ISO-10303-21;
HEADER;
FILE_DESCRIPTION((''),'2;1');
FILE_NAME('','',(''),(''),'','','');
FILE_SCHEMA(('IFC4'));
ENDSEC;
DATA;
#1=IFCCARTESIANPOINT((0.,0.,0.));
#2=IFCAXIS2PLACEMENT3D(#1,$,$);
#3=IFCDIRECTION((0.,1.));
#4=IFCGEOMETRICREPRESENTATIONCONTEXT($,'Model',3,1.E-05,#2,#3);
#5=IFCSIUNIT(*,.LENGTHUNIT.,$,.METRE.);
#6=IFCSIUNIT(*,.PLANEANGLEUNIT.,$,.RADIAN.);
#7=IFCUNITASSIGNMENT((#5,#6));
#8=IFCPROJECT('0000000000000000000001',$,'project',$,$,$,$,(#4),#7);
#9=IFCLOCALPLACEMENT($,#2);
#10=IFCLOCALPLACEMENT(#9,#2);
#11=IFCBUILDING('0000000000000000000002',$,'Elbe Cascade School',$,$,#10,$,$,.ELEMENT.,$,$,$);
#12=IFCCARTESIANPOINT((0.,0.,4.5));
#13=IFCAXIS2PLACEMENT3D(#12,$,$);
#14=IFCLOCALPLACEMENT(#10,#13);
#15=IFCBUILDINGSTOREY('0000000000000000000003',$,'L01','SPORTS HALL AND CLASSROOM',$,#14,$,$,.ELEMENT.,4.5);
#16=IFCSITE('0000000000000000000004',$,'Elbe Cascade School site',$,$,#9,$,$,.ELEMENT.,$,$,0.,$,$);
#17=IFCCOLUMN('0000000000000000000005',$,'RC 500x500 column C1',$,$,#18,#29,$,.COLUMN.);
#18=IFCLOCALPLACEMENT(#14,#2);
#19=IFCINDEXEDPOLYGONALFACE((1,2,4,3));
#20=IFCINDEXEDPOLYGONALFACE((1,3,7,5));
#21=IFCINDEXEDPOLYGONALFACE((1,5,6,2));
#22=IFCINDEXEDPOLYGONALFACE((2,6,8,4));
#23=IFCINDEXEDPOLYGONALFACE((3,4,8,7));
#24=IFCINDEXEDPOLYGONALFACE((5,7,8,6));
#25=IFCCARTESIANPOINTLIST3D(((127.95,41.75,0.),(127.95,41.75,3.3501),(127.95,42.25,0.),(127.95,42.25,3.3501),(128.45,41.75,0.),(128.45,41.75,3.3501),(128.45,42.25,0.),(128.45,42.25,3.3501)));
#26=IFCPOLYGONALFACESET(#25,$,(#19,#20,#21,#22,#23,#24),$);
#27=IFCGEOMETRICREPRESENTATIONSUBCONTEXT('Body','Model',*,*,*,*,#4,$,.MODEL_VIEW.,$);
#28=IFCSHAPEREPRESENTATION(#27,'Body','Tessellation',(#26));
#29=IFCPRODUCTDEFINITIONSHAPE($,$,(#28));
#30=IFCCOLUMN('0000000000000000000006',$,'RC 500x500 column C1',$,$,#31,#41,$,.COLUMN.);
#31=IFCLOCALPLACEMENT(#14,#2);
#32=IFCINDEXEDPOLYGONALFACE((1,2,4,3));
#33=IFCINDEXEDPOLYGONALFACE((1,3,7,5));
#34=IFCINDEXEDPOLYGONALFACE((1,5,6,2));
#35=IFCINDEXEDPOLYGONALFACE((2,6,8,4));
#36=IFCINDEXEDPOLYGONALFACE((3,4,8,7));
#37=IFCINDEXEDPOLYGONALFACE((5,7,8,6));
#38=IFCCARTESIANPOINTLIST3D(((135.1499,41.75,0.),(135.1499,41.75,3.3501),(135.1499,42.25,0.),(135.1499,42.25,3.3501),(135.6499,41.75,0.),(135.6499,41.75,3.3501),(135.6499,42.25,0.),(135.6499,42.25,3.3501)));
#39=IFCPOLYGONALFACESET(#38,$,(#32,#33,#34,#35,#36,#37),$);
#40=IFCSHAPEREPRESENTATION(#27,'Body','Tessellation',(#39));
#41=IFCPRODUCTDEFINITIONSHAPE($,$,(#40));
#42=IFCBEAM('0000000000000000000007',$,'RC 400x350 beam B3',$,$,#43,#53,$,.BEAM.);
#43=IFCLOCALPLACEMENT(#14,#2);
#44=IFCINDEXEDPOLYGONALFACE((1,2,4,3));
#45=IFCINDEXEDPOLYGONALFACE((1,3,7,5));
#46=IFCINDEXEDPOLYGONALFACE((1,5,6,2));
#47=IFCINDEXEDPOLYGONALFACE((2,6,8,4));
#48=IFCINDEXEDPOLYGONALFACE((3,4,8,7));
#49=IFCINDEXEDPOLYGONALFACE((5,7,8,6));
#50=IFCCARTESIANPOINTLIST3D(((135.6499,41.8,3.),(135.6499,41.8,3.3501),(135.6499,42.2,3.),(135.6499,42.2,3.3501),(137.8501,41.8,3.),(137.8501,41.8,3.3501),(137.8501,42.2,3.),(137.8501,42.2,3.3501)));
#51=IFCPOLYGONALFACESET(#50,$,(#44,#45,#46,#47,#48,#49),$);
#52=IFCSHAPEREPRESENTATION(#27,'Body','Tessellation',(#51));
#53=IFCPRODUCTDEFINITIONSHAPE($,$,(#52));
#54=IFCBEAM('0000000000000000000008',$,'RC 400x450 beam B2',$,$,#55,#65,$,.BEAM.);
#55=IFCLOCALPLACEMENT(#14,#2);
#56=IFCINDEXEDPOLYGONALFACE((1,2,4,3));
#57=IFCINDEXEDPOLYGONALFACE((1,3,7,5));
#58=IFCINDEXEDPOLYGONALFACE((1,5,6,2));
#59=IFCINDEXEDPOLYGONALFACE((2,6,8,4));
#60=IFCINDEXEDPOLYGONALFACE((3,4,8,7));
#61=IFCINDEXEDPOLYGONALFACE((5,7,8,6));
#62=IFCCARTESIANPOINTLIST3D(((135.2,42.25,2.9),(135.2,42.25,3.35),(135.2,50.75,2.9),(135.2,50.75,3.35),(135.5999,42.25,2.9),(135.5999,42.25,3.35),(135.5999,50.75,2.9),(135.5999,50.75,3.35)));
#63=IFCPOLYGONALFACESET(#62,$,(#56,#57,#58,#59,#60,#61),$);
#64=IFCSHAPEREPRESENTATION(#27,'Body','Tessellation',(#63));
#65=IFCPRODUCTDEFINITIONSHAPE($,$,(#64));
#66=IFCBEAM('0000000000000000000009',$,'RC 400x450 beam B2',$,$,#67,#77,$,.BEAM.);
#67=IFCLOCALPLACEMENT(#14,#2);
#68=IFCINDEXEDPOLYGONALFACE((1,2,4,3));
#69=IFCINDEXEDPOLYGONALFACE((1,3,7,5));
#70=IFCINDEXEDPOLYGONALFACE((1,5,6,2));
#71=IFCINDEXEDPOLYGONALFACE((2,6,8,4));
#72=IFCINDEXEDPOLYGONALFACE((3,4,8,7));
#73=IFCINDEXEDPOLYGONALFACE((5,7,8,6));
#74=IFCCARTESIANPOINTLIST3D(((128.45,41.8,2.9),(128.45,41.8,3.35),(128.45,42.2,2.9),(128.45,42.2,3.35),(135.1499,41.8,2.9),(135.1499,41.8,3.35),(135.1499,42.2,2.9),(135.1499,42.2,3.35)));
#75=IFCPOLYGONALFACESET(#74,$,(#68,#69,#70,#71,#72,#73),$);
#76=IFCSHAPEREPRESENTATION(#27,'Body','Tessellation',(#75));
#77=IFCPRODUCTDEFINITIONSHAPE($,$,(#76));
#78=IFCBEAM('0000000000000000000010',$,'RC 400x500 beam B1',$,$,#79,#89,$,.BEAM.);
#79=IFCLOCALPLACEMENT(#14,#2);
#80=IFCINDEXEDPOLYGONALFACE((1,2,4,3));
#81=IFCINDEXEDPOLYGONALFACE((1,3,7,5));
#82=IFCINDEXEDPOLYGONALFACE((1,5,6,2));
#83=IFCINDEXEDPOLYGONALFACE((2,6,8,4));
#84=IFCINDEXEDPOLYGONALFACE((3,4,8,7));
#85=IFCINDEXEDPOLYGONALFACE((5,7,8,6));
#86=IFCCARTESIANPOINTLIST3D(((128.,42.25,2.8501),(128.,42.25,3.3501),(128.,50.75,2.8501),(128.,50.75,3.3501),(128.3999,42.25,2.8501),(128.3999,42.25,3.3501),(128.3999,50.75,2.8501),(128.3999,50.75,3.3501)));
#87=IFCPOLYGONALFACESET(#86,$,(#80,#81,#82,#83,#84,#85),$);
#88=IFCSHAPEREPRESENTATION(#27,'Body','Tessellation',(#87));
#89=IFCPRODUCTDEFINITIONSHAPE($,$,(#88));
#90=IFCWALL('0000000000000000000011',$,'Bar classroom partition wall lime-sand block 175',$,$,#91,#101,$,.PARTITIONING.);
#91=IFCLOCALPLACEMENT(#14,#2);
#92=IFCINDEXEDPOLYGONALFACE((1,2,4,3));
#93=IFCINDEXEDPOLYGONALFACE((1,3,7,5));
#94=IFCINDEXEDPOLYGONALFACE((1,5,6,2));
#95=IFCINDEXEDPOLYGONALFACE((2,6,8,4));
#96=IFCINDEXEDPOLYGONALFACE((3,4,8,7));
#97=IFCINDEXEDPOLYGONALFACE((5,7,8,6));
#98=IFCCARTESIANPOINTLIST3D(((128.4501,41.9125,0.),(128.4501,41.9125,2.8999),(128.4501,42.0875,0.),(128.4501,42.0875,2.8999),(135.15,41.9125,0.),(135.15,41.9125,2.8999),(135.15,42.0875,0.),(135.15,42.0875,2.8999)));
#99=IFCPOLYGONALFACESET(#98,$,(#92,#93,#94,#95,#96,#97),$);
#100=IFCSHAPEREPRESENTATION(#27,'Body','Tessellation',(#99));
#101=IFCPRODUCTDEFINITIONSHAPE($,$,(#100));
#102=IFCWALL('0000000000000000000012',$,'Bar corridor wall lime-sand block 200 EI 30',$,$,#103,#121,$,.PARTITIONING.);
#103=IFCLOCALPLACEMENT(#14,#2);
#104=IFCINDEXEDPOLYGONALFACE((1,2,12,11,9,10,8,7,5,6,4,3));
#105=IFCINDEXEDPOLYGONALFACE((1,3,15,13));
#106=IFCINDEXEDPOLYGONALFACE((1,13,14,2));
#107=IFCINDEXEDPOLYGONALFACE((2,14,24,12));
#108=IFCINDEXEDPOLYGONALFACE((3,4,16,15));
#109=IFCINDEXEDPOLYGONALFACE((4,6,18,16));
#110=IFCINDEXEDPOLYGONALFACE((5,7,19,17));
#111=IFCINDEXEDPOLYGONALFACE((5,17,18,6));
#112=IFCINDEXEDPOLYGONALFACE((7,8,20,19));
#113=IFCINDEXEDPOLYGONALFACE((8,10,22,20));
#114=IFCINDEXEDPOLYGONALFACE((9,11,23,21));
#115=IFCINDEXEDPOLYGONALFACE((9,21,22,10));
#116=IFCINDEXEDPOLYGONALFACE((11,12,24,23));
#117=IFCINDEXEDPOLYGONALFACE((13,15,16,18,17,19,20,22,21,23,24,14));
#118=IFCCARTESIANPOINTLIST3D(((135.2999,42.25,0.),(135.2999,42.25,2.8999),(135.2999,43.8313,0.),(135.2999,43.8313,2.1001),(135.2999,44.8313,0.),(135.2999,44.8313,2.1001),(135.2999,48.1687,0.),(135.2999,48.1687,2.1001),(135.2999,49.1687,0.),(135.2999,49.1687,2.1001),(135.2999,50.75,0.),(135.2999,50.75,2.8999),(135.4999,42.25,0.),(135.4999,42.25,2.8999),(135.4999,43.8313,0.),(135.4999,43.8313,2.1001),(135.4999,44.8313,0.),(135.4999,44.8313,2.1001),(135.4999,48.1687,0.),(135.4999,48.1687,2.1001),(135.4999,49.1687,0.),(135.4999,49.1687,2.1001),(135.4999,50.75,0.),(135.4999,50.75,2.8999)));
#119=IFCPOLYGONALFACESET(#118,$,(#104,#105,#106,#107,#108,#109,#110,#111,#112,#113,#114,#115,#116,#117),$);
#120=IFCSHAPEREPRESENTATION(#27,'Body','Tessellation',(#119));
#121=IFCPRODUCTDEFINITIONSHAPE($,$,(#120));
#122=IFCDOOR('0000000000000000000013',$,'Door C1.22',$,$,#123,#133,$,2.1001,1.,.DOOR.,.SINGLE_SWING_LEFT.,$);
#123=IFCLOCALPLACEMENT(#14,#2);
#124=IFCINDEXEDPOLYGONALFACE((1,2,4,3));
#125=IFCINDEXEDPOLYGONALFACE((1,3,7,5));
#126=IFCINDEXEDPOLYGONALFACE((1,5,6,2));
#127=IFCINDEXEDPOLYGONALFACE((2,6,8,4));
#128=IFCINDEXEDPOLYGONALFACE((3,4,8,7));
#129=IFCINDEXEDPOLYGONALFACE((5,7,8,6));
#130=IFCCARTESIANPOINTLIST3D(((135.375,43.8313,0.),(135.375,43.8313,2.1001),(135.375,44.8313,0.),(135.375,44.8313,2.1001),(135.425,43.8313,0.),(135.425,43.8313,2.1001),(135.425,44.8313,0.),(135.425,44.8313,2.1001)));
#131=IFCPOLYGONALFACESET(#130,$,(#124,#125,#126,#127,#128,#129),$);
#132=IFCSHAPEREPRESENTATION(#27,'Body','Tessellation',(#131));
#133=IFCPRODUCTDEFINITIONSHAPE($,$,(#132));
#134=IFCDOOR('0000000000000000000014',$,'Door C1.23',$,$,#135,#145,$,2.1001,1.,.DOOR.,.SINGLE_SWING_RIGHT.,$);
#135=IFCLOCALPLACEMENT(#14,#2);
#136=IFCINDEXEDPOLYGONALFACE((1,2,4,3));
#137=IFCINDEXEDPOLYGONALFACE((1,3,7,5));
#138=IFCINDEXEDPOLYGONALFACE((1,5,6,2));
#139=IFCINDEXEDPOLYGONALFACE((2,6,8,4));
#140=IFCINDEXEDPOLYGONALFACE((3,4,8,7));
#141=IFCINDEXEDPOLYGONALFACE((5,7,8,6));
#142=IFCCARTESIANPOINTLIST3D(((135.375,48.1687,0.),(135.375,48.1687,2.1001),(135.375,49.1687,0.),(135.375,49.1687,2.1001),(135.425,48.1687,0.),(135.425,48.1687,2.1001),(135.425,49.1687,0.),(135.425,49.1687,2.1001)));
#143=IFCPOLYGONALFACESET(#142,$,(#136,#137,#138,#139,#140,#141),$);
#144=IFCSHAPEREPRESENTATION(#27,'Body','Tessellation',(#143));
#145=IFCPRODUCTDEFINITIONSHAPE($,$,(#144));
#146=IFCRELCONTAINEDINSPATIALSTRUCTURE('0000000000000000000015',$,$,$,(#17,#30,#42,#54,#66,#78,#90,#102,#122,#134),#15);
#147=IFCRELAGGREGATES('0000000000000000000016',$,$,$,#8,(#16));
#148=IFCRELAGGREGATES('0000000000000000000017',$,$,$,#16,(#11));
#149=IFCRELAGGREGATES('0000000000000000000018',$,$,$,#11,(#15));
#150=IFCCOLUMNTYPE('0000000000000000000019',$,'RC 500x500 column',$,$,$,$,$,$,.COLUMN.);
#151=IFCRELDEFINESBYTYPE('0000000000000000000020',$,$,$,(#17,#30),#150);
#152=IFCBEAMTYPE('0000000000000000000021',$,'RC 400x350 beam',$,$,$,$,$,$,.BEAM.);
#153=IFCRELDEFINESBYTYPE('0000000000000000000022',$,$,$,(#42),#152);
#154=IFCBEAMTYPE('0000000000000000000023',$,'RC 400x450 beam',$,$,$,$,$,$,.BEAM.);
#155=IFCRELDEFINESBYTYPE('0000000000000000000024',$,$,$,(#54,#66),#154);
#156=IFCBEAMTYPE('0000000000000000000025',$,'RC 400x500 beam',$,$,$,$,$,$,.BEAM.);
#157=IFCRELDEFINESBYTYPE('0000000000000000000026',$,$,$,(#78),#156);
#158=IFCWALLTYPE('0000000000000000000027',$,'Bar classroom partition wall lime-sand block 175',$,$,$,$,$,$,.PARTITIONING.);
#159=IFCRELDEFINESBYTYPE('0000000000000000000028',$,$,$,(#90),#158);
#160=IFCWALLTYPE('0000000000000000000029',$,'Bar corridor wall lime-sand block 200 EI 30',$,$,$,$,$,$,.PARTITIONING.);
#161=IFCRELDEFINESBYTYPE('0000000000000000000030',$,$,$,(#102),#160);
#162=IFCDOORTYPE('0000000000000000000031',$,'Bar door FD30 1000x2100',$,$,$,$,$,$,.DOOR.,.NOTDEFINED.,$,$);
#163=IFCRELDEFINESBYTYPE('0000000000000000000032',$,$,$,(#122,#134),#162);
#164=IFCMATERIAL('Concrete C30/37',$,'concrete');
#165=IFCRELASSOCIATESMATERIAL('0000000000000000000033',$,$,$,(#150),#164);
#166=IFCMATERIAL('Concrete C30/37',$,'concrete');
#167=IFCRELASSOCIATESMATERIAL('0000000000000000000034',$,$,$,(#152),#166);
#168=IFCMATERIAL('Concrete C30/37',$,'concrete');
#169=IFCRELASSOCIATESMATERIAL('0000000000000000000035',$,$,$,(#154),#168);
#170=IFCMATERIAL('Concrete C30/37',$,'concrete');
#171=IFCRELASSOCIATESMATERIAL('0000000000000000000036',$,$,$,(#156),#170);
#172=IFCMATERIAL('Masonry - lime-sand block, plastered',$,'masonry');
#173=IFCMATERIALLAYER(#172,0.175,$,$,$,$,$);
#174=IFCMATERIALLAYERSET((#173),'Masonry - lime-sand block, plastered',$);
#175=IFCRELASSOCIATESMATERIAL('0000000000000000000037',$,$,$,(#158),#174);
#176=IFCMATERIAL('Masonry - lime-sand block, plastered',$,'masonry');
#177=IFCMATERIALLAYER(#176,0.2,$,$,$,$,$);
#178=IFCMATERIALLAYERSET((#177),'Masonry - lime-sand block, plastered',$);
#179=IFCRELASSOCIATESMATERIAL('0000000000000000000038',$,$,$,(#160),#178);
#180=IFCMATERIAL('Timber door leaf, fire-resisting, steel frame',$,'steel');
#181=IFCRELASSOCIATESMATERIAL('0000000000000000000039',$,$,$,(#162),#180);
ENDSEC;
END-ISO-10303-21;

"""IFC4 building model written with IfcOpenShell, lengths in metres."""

from ifc_helpers import new_model, si_unit, direction, frame, frame_2d, origin, origin_2d, place, context, subcontext, project, spatial, rectangle, extrude, material, layer, layer_set, material_profile, profile_set, type_object, element, fill, save


model = new_model("IFC4")

# Units and contexts
model_context = context("Model", 3, precision=1e-05, world=origin(), true_north=direction((0.0, 1.0)))
body_context = subcontext(model_context, "Body", "Model", "MODEL_VIEW")
ifc_project = project(units=[si_unit("LENGTHUNIT", "METRE"), si_unit("PLANEANGLEUNIT", "RADIAN")], contexts=[model_context])

# Site, building, storey
site_placement = place(None, origin())
site = spatial("IfcSite", under=ifc_project, at=site_placement, Name="Elbe Cascade School site", CompositionType="ELEMENT", RefElevation=0.0)
building_placement = place(site_placement, origin())
building = spatial("IfcBuilding", under=site, at=building_placement, Name="Elbe Cascade School", CompositionType="ELEMENT")
storey_placement = place(building_placement, frame((0.0, 0.0, 4.5)))
storey = spatial("IfcBuildingStorey", under=building, at=storey_placement, Name="L01", Description="SPORTS HALL AND CLASSROOM", CompositionType="ELEMENT", Elevation=4.5)

# Columns
ifc_material_1 = material(Name="Concrete C30/37", Category="concrete")
ifc_material_profile_1 = material_profile(ifc_material_1, rectangle(XDim=0.5, YDim=0.5, at=origin_2d()), Name="RC 500x500")
ifc_profile_set_1 = profile_set([ifc_material_profile_1], Name="Concrete C30/37")
column_type = type_object("IfcColumnType", Name="RC 500x500 column", PredefinedType="COLUMN", material=ifc_profile_set_1)
for number, where, z_axis, x_axis, name in (
    (1, (128.2, 42.0, 0.0), (0.0, 0.0, 1.0), (1.0, 0.0, 0.0), "RC 500x500 column C1"),
    (2, (135.3999, 42.0, 0.0), (0.0, 0.0, 1.0), (1.0, 0.0, 0.0), "RC 500x500 column C1"),
):
    element("IfcColumn", number, at=place(storey_placement, frame(where, z_axis=z_axis, x_axis=x_axis)), inside=storey, type_object=column_type, Name=name, PredefinedType="COLUMN", context=body_context, shape_type="SweptSolid", body=[
        extrude(rectangle(XDim=0.5, YDim=0.5, at=origin_2d()), origin(), (0.0, 0.0, 1.0), 3.3501),
    ])

# Beams
ifc_material_2 = material(Name="Concrete C30/37", Category="concrete")
ifc_material_profile_2 = material_profile(ifc_material_2, rectangle(XDim=0.3999, YDim=0.3501, at=origin_2d()), Name="RC 400x350")
ifc_profile_set_2 = profile_set([ifc_material_profile_2], Name="Concrete C30/37")
beam_type_1 = type_object("IfcBeamType", Name="RC 400x350 beam", PredefinedType="BEAM", material=ifc_profile_set_2)
beam_1_placement = place(storey_placement, frame((135.6499, 42.0, 3.175), z_axis=(1.0, 0.0, 0.0), x_axis=(0.0, 1.0, 0.0)))
element("IfcBeam", 3, at=beam_1_placement, inside=storey, type_object=beam_type_1, Name="RC 400x350 beam B3", PredefinedType="BEAM", context=body_context, shape_type="SweptSolid", body=[
    extrude(rectangle(XDim=0.3999, YDim=0.3501, at=origin_2d()), origin(), (0.0, 0.0, 1.0), 2.2002),
])
ifc_material_3 = material(Name="Concrete C30/37", Category="concrete")
ifc_material_profile_3 = material_profile(ifc_material_3, rectangle(XDim=0.3999, YDim=0.45, at=origin_2d()), Name="RC 400x450")
ifc_profile_set_3 = profile_set([ifc_material_profile_3], Name="Concrete C30/37")
beam_type_2 = type_object("IfcBeamType", Name="RC 400x450 beam", PredefinedType="BEAM", material=ifc_profile_set_3)
beam_2_placement = place(storey_placement, frame((135.3999, 42.25, 3.125), z_axis=(0.0, 1.0, 0.0), x_axis=(-1.0, 0.0, 0.0)))
element("IfcBeam", 4, at=beam_2_placement, inside=storey, type_object=beam_type_2, Name="RC 400x450 beam B2", PredefinedType="BEAM", context=body_context, shape_type="SweptSolid", body=[
    extrude(rectangle(XDim=0.3999, YDim=0.45, at=origin_2d()), origin(), (0.0, 0.0, 1.0), 8.5),
])
beam_3_placement = place(storey_placement, frame((128.45, 42.0, 3.125), z_axis=(1.0, 0.0, 0.0), x_axis=(0.0, 1.0, 0.0)))
element("IfcBeam", 5, at=beam_3_placement, inside=storey, type_object=beam_type_2, Name="RC 400x450 beam B2", PredefinedType="BEAM", context=body_context, shape_type="SweptSolid", body=[
    extrude(rectangle(XDim=0.3999, YDim=0.45, at=origin_2d()), origin(), (0.0, 0.0, 1.0), 6.7),
])
ifc_material_4 = material(Name="Concrete C30/37", Category="concrete")
ifc_material_profile_4 = material_profile(ifc_material_4, rectangle(XDim=0.3999, YDim=0.5, at=origin_2d()), Name="RC 400x500")
ifc_profile_set_4 = profile_set([ifc_material_profile_4], Name="Concrete C30/37")
beam_type_3 = type_object("IfcBeamType", Name="RC 400x500 beam", PredefinedType="BEAM", material=ifc_profile_set_4)
beam_4_placement = place(storey_placement, frame((128.2, 42.25, 3.1001), z_axis=(0.0, 1.0, 0.0), x_axis=(-1.0, 0.0, 0.0)))
element("IfcBeam", 6, at=beam_4_placement, inside=storey, type_object=beam_type_3, Name="RC 400x500 beam B1", PredefinedType="BEAM", context=body_context, shape_type="SweptSolid", body=[
    extrude(rectangle(XDim=0.3999, YDim=0.5, at=origin_2d()), origin(), (0.0, 0.0, 1.0), 8.5),
])

# Wall
ifc_material_5 = material(Name="Masonry - lime-sand block, plastered", Category="masonry")
ifc_layer_1 = layer(ifc_material_5, 0.175)
ifc_layer_set_1 = layer_set([ifc_layer_1], Name="Masonry - lime-sand block, plastered")
wall_type_1 = type_object("IfcWallType", Name="Bar classroom partition wall lime-sand block 175", PredefinedType="PARTITIONING", material=ifc_layer_set_1)
wall_1_placement = place(storey_placement, frame((128.45, 42.0, 0.0), z_axis=(0.0, 0.0, 1.0), x_axis=(1.0, 0.0, 0.0)))
element("IfcWall", 7, at=wall_1_placement, inside=storey, type_object=wall_type_1, Name="Bar classroom partition wall lime-sand block 175", PredefinedType="PARTITIONING", context=body_context, shape_type="SweptSolid", body=[
    extrude(rectangle(XDim=6.7, YDim=0.175, at=frame_2d((3.3501, 0.0))), origin(), (0.0, 0.0, 1.0), 2.8999),
])

# Wall, openings, doors
ifc_material_6 = material(Name="Masonry - lime-sand block, plastered", Category="masonry")
ifc_layer_2 = layer(ifc_material_6, 0.2)
ifc_layer_set_2 = layer_set([ifc_layer_2], Name="Masonry - lime-sand block, plastered")
wall_type_2 = type_object("IfcWallType", Name="Bar corridor wall lime-sand block 200 EI 30", PredefinedType="PARTITIONING", material=ifc_layer_set_2)
wall_2_placement = place(storey_placement, frame((135.3999, 42.25, 0.0), z_axis=(0.0, 0.0, 1.0), x_axis=(0.0, 1.0, 0.0)))
wall_2 = element("IfcWall", 8, at=wall_2_placement, inside=storey, type_object=wall_type_2, Name="Bar corridor wall lime-sand block 200 EI 30", PredefinedType="PARTITIONING", context=body_context, shape_type="SweptSolid", body=[
    extrude(rectangle(XDim=8.5, YDim=0.2, at=frame_2d((4.25, 0.0))), origin(), (0.0, 0.0, 1.0), 2.8999),
])
opening_1_placement = place(wall_2_placement, frame((1.5813, 0.0, 0.0)))
opening_1 = element("IfcOpeningElement", 9, at=opening_1_placement, cuts=wall_2, PredefinedType="OPENING", context=body_context, shape_type="SweptSolid", body=[
    extrude(rectangle(XDim=1.0, YDim=2.1001, at=frame_2d((0.5, 1.05))), frame((0.0, 0.1099, 0.0), z_axis=(0.0, -1.0, 0.0), x_axis=(1.0, 0.0, 0.0)), (0.0, 0.0, 1.0), 0.22),
])
opening_2_placement = place(wall_2_placement, frame((5.9187, 0.0, 0.0)))
opening_2 = element("IfcOpeningElement", 10, at=opening_2_placement, cuts=wall_2, PredefinedType="OPENING", context=body_context, shape_type="SweptSolid", body=[
    extrude(rectangle(XDim=1.0, YDim=2.1001, at=frame_2d((0.5, 1.05))), frame((0.0, 0.1099, 0.0), z_axis=(0.0, -1.0, 0.0), x_axis=(1.0, 0.0, 0.0)), (0.0, 0.0, 1.0), 0.22),
])
ifc_material_7 = material(Name="Timber door leaf, fire-resisting, steel frame", Category="steel")
door_type = type_object("IfcDoorType", Name="Bar door FD30 1000x2100", OperationType="NOTDEFINED", PredefinedType="DOOR", material=ifc_material_7)
door_1_placement = place(opening_1_placement, origin())
door_1 = element("IfcDoor", 11, at=door_1_placement, inside=storey, type_object=door_type, Name="Door C1.22", OperationType="SINGLE_SWING_LEFT", OverallHeight=2.1001, OverallWidth=1.0, PredefinedType="DOOR", context=body_context, shape_type="SweptSolid", body=[
    extrude(rectangle(XDim=1.0, YDim=2.1001, at=frame_2d((0.5, 1.05))), frame((0.0, 0.0249, 0.0), z_axis=(0.0, -1.0, 0.0), x_axis=(1.0, 0.0, 0.0)), (0.0, 0.0, 1.0), 0.05),
])
fill(opening_1, door_1)
door_2_placement = place(opening_2_placement, origin())
door_2 = element("IfcDoor", 12, at=door_2_placement, inside=storey, type_object=door_type, Name="Door C1.23", OperationType="SINGLE_SWING_RIGHT", OverallHeight=2.1001, OverallWidth=1.0, PredefinedType="DOOR", context=body_context, shape_type="SweptSolid", body=[
    extrude(rectangle(XDim=1.0, YDim=2.1001, at=frame_2d((0.5, 1.05))), frame((0.0, 0.0249, 0.0), z_axis=(0.0, -1.0, 0.0), x_axis=(1.0, 0.0, 0.0)), (0.0, 0.0, 1.0), 0.05),
])
fill(opening_2, door_2)

save(model, "model.ifc")
